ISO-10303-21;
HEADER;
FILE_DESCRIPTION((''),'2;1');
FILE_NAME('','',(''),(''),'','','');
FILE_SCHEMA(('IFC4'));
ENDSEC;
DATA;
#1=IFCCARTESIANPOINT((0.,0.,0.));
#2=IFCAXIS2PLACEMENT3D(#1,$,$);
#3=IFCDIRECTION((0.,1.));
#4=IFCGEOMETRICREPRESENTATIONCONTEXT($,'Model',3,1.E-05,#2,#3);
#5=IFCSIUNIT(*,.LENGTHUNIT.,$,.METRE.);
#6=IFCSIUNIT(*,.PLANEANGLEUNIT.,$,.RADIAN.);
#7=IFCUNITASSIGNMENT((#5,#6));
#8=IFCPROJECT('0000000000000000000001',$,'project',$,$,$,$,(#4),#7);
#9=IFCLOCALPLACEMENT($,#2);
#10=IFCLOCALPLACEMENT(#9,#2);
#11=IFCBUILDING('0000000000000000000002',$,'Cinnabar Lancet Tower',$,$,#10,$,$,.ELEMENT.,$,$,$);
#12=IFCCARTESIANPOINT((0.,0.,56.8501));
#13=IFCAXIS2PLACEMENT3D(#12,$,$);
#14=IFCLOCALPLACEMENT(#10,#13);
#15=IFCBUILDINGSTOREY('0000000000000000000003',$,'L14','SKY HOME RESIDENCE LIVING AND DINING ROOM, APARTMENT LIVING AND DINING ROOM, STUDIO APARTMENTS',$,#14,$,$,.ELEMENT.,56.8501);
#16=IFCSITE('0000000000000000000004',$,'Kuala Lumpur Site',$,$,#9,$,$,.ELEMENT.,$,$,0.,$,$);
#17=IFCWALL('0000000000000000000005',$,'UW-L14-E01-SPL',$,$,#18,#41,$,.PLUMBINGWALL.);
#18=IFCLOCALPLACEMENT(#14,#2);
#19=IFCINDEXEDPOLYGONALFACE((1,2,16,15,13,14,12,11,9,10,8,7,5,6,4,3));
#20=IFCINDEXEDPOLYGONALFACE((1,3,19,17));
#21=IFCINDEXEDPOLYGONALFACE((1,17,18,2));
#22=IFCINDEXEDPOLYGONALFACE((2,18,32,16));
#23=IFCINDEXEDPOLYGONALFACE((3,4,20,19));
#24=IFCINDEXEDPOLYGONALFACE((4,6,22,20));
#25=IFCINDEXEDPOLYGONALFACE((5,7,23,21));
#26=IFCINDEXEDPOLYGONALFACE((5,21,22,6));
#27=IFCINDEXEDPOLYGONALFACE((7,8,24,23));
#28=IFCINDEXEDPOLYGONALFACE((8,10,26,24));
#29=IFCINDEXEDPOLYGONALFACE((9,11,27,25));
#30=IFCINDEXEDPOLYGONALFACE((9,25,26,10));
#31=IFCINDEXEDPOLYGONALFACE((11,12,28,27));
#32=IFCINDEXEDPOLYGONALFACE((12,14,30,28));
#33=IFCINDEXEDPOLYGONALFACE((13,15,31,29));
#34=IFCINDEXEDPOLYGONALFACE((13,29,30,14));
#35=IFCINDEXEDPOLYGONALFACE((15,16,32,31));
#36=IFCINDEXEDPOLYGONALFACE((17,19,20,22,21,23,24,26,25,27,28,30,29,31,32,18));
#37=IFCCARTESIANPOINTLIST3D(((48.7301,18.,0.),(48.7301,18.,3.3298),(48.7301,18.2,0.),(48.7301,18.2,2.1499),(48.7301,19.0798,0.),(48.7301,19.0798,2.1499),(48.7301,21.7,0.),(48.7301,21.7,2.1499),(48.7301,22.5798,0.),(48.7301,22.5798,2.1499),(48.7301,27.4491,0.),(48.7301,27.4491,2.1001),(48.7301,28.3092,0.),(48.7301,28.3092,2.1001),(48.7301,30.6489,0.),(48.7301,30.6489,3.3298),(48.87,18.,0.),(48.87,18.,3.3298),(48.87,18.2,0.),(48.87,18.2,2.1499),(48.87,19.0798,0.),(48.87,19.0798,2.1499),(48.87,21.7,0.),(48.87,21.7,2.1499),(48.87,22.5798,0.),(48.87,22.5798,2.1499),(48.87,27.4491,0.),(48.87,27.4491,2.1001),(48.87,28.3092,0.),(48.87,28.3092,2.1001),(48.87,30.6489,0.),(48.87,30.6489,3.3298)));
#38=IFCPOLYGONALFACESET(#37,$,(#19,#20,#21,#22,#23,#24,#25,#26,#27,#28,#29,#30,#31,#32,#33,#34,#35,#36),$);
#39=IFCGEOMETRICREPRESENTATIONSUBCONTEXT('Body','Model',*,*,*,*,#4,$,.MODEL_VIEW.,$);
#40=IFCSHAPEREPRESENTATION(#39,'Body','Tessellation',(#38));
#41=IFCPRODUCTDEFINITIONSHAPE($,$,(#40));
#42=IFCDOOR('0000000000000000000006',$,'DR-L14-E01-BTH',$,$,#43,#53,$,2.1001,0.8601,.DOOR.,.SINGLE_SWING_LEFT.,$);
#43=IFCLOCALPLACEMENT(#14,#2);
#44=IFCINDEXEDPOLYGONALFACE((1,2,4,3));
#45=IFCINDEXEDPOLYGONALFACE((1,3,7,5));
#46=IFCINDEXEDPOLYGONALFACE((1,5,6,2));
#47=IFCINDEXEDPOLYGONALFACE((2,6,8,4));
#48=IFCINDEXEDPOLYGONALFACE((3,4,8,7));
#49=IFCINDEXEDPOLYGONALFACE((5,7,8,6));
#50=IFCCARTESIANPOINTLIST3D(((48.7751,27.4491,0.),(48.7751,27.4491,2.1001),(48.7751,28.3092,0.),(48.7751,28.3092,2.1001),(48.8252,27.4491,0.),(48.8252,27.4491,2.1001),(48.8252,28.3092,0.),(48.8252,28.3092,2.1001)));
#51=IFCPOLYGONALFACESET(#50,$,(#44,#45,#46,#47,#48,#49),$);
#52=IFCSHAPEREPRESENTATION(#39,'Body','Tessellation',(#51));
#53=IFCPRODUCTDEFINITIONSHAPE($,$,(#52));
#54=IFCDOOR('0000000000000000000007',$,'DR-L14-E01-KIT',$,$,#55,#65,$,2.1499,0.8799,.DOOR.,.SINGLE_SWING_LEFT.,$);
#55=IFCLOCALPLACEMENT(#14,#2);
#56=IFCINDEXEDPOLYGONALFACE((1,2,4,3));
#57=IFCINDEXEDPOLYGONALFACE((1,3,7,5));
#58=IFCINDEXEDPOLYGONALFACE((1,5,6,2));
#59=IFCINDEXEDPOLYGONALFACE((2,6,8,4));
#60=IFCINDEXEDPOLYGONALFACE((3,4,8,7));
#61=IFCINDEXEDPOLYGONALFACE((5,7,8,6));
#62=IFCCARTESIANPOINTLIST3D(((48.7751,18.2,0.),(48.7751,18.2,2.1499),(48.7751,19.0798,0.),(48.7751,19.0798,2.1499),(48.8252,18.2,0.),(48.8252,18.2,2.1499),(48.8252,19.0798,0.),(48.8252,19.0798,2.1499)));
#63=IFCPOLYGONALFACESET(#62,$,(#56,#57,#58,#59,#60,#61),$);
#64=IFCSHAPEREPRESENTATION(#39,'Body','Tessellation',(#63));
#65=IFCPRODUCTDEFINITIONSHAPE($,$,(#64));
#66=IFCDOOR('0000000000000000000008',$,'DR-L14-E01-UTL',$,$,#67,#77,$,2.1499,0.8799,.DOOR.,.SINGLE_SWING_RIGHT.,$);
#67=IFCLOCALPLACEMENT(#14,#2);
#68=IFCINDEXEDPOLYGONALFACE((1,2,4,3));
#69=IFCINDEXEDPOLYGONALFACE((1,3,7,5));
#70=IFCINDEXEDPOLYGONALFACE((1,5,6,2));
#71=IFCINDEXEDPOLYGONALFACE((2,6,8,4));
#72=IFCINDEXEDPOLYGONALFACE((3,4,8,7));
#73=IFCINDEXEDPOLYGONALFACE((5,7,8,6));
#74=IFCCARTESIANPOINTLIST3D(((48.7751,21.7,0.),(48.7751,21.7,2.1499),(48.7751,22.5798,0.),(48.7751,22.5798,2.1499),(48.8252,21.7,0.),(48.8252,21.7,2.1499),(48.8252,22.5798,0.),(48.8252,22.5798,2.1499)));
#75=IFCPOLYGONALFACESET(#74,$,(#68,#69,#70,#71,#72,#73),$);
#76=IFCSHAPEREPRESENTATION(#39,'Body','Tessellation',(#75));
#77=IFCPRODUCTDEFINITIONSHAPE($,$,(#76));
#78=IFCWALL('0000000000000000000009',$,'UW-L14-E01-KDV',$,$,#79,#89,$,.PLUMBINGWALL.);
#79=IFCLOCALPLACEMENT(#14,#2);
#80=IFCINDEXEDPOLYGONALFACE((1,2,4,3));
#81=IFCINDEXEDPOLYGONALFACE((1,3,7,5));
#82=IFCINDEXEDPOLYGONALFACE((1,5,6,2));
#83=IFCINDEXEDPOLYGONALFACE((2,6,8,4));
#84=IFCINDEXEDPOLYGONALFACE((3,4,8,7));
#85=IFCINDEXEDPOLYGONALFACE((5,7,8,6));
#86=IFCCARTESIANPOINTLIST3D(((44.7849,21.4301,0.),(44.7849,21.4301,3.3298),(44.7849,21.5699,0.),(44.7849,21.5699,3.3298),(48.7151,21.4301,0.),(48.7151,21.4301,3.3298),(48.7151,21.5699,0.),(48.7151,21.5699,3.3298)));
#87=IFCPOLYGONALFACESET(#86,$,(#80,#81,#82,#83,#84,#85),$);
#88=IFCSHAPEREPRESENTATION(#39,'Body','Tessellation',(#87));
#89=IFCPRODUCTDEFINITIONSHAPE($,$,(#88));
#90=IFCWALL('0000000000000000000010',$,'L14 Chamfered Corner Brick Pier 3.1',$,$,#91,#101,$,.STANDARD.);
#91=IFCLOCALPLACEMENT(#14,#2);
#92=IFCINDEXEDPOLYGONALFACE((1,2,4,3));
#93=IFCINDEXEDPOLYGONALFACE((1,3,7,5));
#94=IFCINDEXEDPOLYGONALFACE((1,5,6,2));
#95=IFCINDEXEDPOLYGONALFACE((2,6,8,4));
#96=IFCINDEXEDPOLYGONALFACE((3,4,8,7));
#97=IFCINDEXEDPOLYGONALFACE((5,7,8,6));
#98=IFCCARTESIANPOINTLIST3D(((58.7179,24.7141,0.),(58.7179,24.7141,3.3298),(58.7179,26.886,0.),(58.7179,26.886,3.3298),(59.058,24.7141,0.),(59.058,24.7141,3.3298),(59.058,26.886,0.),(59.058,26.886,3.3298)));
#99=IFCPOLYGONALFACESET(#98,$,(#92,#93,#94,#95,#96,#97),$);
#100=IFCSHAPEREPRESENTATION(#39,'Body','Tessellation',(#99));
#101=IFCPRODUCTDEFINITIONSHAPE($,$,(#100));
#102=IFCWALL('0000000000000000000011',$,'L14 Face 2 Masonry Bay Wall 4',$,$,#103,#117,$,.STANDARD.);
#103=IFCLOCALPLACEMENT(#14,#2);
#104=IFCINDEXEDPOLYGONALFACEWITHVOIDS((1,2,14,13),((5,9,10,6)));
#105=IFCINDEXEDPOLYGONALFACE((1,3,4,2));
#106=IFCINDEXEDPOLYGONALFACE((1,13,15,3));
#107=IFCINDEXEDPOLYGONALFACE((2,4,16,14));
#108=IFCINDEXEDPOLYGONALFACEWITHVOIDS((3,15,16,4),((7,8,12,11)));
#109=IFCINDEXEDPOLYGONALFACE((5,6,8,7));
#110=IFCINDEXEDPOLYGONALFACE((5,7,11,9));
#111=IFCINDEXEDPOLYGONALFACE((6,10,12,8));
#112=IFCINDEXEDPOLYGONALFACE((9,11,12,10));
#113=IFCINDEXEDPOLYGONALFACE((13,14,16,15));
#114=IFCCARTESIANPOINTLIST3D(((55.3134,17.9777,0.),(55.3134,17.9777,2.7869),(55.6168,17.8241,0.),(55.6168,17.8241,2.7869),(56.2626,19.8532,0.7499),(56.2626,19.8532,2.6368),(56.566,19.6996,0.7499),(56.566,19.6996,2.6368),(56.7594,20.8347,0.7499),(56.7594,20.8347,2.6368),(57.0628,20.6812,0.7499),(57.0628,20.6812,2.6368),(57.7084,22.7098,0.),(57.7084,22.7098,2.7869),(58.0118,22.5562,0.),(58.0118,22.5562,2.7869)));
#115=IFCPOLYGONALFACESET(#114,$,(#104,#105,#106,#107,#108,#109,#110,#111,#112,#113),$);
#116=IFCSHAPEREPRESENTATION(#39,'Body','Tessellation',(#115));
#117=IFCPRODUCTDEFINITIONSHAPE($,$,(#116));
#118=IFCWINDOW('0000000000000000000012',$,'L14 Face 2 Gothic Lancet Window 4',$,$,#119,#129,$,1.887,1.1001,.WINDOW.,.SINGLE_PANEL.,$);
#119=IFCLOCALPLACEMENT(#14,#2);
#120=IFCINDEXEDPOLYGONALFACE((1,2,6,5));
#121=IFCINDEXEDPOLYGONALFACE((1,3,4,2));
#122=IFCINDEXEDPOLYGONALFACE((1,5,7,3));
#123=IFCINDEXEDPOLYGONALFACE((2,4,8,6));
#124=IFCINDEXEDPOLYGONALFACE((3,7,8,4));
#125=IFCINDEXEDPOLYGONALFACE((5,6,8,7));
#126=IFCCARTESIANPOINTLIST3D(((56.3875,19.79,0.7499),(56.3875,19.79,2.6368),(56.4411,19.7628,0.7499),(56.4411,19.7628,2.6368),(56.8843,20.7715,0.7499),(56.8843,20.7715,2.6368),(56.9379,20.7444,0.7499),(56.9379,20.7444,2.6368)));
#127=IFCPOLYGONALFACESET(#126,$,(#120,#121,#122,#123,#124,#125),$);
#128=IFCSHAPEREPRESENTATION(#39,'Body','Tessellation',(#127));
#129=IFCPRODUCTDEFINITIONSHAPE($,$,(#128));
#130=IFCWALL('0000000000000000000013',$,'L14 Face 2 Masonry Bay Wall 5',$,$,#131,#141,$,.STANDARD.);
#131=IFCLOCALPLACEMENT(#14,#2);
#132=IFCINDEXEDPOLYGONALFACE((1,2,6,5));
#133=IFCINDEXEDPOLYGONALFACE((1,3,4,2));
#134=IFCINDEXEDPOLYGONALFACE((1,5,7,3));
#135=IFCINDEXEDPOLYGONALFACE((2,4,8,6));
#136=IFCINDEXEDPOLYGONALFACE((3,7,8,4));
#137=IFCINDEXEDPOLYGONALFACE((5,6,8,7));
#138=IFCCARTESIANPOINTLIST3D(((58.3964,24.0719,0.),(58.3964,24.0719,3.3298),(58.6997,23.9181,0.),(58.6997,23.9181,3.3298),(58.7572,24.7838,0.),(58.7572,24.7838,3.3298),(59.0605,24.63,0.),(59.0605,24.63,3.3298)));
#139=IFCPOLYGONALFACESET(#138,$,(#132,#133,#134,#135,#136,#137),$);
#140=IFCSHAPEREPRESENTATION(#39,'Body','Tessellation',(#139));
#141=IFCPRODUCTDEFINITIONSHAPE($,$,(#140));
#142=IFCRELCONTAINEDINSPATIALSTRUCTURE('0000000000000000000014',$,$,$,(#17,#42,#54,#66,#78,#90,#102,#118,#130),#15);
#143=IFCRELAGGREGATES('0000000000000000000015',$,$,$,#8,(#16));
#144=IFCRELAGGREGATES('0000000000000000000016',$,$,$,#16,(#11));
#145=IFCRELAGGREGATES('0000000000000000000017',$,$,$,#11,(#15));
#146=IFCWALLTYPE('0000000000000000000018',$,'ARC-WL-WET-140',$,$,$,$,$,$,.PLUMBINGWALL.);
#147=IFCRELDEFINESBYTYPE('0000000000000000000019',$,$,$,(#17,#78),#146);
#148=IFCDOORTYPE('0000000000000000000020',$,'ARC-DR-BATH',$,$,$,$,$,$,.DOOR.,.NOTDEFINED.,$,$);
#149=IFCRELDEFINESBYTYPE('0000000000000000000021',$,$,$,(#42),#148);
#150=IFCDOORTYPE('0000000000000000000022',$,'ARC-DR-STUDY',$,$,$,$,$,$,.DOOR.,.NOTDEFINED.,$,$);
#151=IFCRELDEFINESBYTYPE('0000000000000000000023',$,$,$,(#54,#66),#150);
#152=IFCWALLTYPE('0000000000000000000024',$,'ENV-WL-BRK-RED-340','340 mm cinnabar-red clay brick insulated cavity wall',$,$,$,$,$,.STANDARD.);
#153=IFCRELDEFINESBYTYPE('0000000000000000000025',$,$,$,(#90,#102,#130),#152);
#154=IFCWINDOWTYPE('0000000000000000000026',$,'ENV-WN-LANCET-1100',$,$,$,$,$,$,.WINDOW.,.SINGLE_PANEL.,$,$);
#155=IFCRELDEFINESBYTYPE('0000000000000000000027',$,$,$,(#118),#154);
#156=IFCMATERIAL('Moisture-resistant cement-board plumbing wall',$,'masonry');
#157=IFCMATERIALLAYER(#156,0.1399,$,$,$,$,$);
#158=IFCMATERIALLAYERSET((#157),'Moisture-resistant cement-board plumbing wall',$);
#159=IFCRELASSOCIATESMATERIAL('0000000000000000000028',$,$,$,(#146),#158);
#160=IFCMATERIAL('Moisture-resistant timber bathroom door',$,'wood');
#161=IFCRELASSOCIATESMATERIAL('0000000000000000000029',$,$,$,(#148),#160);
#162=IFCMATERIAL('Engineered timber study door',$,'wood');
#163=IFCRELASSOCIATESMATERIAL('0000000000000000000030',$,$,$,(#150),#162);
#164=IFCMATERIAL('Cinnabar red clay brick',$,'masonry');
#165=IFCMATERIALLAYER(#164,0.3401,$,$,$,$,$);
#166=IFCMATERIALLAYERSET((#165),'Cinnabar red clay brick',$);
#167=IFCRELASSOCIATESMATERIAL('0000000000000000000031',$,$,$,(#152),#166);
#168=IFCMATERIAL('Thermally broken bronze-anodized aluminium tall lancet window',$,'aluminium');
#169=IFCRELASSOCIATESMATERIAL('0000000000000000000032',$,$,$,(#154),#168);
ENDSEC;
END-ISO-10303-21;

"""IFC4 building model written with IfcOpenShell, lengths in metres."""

from ifc_helpers import new_model, si_unit, direction, frame, frame_2d, origin, place, context, subcontext, project, spatial, rectangle, extrude, material, layer, layer_set, type_object, element, fill, save


model = new_model("IFC4")

# Units and contexts
model_context = context("Model", 3, precision=1e-05, world=origin(), true_north=direction((0.0, 1.0)))
body_context = subcontext(model_context, "Body", "Model", "MODEL_VIEW")
ifc_project = project(units=[si_unit("LENGTHUNIT", "METRE"), si_unit("PLANEANGLEUNIT", "RADIAN")], contexts=[model_context])

# Site, building, storey
site_placement = place(None, origin())
site = spatial("IfcSite", under=ifc_project, at=site_placement, Name="Kuala Lumpur Site", CompositionType="ELEMENT", RefElevation=0.0)
building_placement = place(site_placement, origin())
building = spatial("IfcBuilding", under=site, at=building_placement, Name="Cinnabar Lancet Tower", CompositionType="ELEMENT")
storey_placement = place(building_placement, frame((0.0, 0.0, 56.8501)))
storey = spatial("IfcBuildingStorey", under=building, at=storey_placement, Name="L14", Description="SKY HOME RESIDENCE LIVING AND DINING ROOM, APARTMENT LIVING AND DINING ROOM, STUDIO APARTMENTS", CompositionType="ELEMENT", Elevation=56.8501)

# Wall, openings, doors
ifc_material_1 = material(Name="Moisture-resistant cement-board plumbing wall", Category="masonry")
ifc_layer_1 = layer(ifc_material_1, 0.1399)
ifc_layer_set_1 = layer_set([ifc_layer_1], Name="Moisture-resistant cement-board plumbing wall")
wall_type_1 = type_object("IfcWallType", Name="ARC-WL-WET-140", PredefinedType="PLUMBINGWALL", material=ifc_layer_set_1)
wall_1_placement = place(storey_placement, frame((48.8, 18.0, 0.0), z_axis=(0.0, 0.0, 1.0), x_axis=(0.0, 1.0, 0.0)))
wall_1 = element("IfcWall", 1, at=wall_1_placement, inside=storey, type_object=wall_type_1, Name="UW-L14-E01-SPL", PredefinedType="PLUMBINGWALL", context=body_context, shape_type="SweptSolid", body=[
    extrude(rectangle(XDim=12.6489, YDim=0.1399, at=frame_2d((6.3245, 0.0))), origin(), (0.0, 0.0, 1.0), 3.3298),
])
opening_1_placement = place(wall_1_placement, frame((0.2, 0.0, 0.0)))
opening_1 = element("IfcOpeningElement", 2, at=opening_1_placement, cuts=wall_1, PredefinedType="OPENING", context=body_context, shape_type="SweptSolid", body=[
    extrude(rectangle(XDim=0.8799, YDim=2.1499, at=frame_2d((0.4399, 1.075))), frame((0.0, 0.0798, 0.0), z_axis=(0.0, -1.0, 0.0), x_axis=(1.0, 0.0, 0.0)), (0.0, 0.0, 1.0), 0.1599),
])
opening_2_placement = place(wall_1_placement, frame((3.7, 0.0, 0.0)))
opening_2 = element("IfcOpeningElement", 3, at=opening_2_placement, cuts=wall_1, PredefinedType="OPENING", context=body_context, shape_type="SweptSolid", body=[
    extrude(rectangle(XDim=0.8799, YDim=2.1499, at=frame_2d((0.4399, 1.075))), frame((0.0, 0.0798, 0.0), z_axis=(0.0, -1.0, 0.0), x_axis=(1.0, 0.0, 0.0)), (0.0, 0.0, 1.0), 0.1599),
])
opening_3_placement = place(wall_1_placement, frame((9.449, 0.0, 0.0)))
opening_3 = element("IfcOpeningElement", 4, at=opening_3_placement, cuts=wall_1, PredefinedType="OPENING", context=body_context, shape_type="SweptSolid", body=[
    extrude(rectangle(XDim=0.8601, YDim=2.1001, at=frame_2d((0.4302, 1.05))), frame((0.0, 0.0798, 0.0), z_axis=(0.0, -1.0, 0.0), x_axis=(1.0, 0.0, 0.0)), (0.0, 0.0, 1.0), 0.1599),
])
ifc_material_2 = material(Name="Moisture-resistant timber bathroom door", Category="wood")
door_type_1 = type_object("IfcDoorType", Name="ARC-DR-BATH", OperationType="NOTDEFINED", PredefinedType="DOOR", material=ifc_material_2)
door_1_placement = place(opening_3_placement, origin())
door_1 = element("IfcDoor", 5, at=door_1_placement, inside=storey, type_object=door_type_1, Name="DR-L14-E01-BTH", OperationType="SINGLE_SWING_LEFT", OverallHeight=2.1001, OverallWidth=0.8601, PredefinedType="DOOR", context=body_context, shape_type="SweptSolid", body=[
    extrude(rectangle(XDim=0.8601, YDim=2.1001, at=frame_2d((0.4302, 1.05))), frame((0.0, 0.0249, 0.0), z_axis=(0.0, -1.0, 0.0), x_axis=(1.0, 0.0, 0.0)), (0.0, 0.0, 1.0), 0.05),
])
fill(opening_3, door_1)
ifc_material_3 = material(Name="Engineered timber study door", Category="wood")
door_type_2 = type_object("IfcDoorType", Name="ARC-DR-STUDY", OperationType="NOTDEFINED", PredefinedType="DOOR", material=ifc_material_3)
door_2_placement = place(opening_1_placement, origin())
door_2 = element("IfcDoor", 6, at=door_2_placement, inside=storey, type_object=door_type_2, Name="DR-L14-E01-KIT", OperationType="SINGLE_SWING_LEFT", OverallHeight=2.1499, OverallWidth=0.8799, PredefinedType="DOOR", context=body_context, shape_type="SweptSolid", body=[
    extrude(rectangle(XDim=0.8799, YDim=2.1499, at=frame_2d((0.4399, 1.075))), frame((0.0, 0.0249, 0.0), z_axis=(0.0, -1.0, 0.0), x_axis=(1.0, 0.0, 0.0)), (0.0, 0.0, 1.0), 0.05),
])
fill(opening_1, door_2)
door_3_placement = place(opening_2_placement, origin())
door_3 = element("IfcDoor", 7, at=door_3_placement, inside=storey, type_object=door_type_2, Name="DR-L14-E01-UTL", OperationType="SINGLE_SWING_RIGHT", OverallHeight=2.1499, OverallWidth=0.8799, PredefinedType="DOOR", context=body_context, shape_type="SweptSolid", body=[
    extrude(rectangle(XDim=0.8799, YDim=2.1499, at=frame_2d((0.4399, 1.075))), frame((0.0, 0.0249, 0.0), z_axis=(0.0, -1.0, 0.0), x_axis=(1.0, 0.0, 0.0)), (0.0, 0.0, 1.0), 0.05),
])
fill(opening_2, door_3)

# Walls
wall_2_placement = place(storey_placement, frame((44.7849, 21.5, 0.0), z_axis=(0.0, 0.0, 1.0), x_axis=(1.0, 0.0, 0.0)))
element("IfcWall", 8, at=wall_2_placement, inside=storey, type_object=wall_type_1, Name="UW-L14-E01-KDV", PredefinedType="PLUMBINGWALL", context=body_context, shape_type="SweptSolid", body=[
    extrude(rectangle(XDim=3.9302, YDim=0.1399, at=frame_2d((1.9651, 0.0))), origin(), (0.0, 0.0, 1.0), 3.3298),
])
ifc_material_4 = material(Name="Cinnabar red clay brick", Category="masonry")
ifc_layer_2 = layer(ifc_material_4, 0.3401)
ifc_layer_set_2 = layer_set([ifc_layer_2], Name="Cinnabar red clay brick")
wall_type_2 = type_object("IfcWallType", Name="ENV-WL-BRK-RED-340", Description="340 mm cinnabar-red clay brick insulated cavity wall", PredefinedType="STANDARD", material=ifc_layer_set_2)
wall_3_placement = place(storey_placement, frame((58.8879, 24.7141, 0.0), z_axis=(0.0, 0.0, 1.0), x_axis=(0.0, 1.0, 0.0)))
element("IfcWall", 9, at=wall_3_placement, inside=storey, type_object=wall_type_2, Name="L14 Chamfered Corner Brick Pier 3.1", PredefinedType="STANDARD", context=body_context, shape_type="SweptSolid", body=[
    extrude(rectangle(XDim=2.1719, YDim=0.3401, at=frame_2d((1.0859, 0.0))), origin(), (0.0, 0.0, 1.0), 3.3298),
])

# Wall, opening, window
wall_4_placement = place(storey_placement, frame((55.4651, 17.9009, 0.0), z_axis=(0.0, 0.0, 1.0), x_axis=(0.451572, 0.892235, 0.0)))
wall_4 = element("IfcWall", 10, at=wall_4_placement, inside=storey, type_object=wall_type_2, Name="L14 Face 2 Masonry Bay Wall 4", PredefinedType="STANDARD", context=body_context, shape_type="SweptSolid", body=[
    extrude(rectangle(XDim=5.3037, YDim=0.3401, at=frame_2d((2.6519, 0.0))), origin(), (0.0, 0.0, 1.0), 2.7869),
])
opening_4_placement = place(wall_4_placement, frame((2.1021, 0.0, 0.75)))
opening_4 = element("IfcOpeningElement", 11, at=opening_4_placement, cuts=wall_4, PredefinedType="OPENING", context=body_context, shape_type="SweptSolid", body=[
    extrude(rectangle(XDim=1.1001, YDim=1.887, at=frame_2d((0.55, 0.9434))), frame((0.0, 0.1799, 0.0), z_axis=(0.0, -1.0, 0.0), x_axis=(1.0, 0.0, 0.0)), (0.0, 0.0, 1.0), 0.3601),
])
ifc_material_5 = material(Name="Thermally broken bronze-anodized aluminium tall lancet window", Category="aluminium")
window_type = type_object("IfcWindowType", Name="ENV-WN-LANCET-1100", PartitioningType="SINGLE_PANEL", PredefinedType="WINDOW", material=ifc_material_5)
window_placement = place(opening_4_placement, origin())
window = element("IfcWindow", 12, at=window_placement, inside=storey, type_object=window_type, Name="L14 Face 2 Gothic Lancet Window 4", OverallHeight=1.887, OverallWidth=1.1001, PartitioningType="SINGLE_PANEL", PredefinedType="WINDOW", context=body_context, shape_type="SweptSolid", body=[
    extrude(rectangle(XDim=1.1001, YDim=1.887, at=frame_2d((0.55, 0.9434))), frame((0.0, 0.03, 0.0), z_axis=(0.0, -1.0, 0.0), x_axis=(1.0, 0.0, 0.0)), (0.0, 0.0, 1.0), 0.0601),
])
fill(opening_4, window)

# Wall
wall_5_placement = place(storey_placement, frame((58.5481, 23.9951, 0.0), z_axis=(0.0, 0.0, 1.0), x_axis=(0.452101, 0.891967, 0.0)))
element("IfcWall", 13, at=wall_5_placement, inside=storey, type_object=wall_type_2, Name="L14 Face 2 Masonry Bay Wall 5", PredefinedType="STANDARD", context=body_context, shape_type="SweptSolid", body=[
    extrude(rectangle(XDim=0.7981, YDim=0.3401, at=frame_2d((0.3989, 0.0))), origin(), (0.0, 0.0, 1.0), 3.3298),
])

save(model, "model.ifc")
